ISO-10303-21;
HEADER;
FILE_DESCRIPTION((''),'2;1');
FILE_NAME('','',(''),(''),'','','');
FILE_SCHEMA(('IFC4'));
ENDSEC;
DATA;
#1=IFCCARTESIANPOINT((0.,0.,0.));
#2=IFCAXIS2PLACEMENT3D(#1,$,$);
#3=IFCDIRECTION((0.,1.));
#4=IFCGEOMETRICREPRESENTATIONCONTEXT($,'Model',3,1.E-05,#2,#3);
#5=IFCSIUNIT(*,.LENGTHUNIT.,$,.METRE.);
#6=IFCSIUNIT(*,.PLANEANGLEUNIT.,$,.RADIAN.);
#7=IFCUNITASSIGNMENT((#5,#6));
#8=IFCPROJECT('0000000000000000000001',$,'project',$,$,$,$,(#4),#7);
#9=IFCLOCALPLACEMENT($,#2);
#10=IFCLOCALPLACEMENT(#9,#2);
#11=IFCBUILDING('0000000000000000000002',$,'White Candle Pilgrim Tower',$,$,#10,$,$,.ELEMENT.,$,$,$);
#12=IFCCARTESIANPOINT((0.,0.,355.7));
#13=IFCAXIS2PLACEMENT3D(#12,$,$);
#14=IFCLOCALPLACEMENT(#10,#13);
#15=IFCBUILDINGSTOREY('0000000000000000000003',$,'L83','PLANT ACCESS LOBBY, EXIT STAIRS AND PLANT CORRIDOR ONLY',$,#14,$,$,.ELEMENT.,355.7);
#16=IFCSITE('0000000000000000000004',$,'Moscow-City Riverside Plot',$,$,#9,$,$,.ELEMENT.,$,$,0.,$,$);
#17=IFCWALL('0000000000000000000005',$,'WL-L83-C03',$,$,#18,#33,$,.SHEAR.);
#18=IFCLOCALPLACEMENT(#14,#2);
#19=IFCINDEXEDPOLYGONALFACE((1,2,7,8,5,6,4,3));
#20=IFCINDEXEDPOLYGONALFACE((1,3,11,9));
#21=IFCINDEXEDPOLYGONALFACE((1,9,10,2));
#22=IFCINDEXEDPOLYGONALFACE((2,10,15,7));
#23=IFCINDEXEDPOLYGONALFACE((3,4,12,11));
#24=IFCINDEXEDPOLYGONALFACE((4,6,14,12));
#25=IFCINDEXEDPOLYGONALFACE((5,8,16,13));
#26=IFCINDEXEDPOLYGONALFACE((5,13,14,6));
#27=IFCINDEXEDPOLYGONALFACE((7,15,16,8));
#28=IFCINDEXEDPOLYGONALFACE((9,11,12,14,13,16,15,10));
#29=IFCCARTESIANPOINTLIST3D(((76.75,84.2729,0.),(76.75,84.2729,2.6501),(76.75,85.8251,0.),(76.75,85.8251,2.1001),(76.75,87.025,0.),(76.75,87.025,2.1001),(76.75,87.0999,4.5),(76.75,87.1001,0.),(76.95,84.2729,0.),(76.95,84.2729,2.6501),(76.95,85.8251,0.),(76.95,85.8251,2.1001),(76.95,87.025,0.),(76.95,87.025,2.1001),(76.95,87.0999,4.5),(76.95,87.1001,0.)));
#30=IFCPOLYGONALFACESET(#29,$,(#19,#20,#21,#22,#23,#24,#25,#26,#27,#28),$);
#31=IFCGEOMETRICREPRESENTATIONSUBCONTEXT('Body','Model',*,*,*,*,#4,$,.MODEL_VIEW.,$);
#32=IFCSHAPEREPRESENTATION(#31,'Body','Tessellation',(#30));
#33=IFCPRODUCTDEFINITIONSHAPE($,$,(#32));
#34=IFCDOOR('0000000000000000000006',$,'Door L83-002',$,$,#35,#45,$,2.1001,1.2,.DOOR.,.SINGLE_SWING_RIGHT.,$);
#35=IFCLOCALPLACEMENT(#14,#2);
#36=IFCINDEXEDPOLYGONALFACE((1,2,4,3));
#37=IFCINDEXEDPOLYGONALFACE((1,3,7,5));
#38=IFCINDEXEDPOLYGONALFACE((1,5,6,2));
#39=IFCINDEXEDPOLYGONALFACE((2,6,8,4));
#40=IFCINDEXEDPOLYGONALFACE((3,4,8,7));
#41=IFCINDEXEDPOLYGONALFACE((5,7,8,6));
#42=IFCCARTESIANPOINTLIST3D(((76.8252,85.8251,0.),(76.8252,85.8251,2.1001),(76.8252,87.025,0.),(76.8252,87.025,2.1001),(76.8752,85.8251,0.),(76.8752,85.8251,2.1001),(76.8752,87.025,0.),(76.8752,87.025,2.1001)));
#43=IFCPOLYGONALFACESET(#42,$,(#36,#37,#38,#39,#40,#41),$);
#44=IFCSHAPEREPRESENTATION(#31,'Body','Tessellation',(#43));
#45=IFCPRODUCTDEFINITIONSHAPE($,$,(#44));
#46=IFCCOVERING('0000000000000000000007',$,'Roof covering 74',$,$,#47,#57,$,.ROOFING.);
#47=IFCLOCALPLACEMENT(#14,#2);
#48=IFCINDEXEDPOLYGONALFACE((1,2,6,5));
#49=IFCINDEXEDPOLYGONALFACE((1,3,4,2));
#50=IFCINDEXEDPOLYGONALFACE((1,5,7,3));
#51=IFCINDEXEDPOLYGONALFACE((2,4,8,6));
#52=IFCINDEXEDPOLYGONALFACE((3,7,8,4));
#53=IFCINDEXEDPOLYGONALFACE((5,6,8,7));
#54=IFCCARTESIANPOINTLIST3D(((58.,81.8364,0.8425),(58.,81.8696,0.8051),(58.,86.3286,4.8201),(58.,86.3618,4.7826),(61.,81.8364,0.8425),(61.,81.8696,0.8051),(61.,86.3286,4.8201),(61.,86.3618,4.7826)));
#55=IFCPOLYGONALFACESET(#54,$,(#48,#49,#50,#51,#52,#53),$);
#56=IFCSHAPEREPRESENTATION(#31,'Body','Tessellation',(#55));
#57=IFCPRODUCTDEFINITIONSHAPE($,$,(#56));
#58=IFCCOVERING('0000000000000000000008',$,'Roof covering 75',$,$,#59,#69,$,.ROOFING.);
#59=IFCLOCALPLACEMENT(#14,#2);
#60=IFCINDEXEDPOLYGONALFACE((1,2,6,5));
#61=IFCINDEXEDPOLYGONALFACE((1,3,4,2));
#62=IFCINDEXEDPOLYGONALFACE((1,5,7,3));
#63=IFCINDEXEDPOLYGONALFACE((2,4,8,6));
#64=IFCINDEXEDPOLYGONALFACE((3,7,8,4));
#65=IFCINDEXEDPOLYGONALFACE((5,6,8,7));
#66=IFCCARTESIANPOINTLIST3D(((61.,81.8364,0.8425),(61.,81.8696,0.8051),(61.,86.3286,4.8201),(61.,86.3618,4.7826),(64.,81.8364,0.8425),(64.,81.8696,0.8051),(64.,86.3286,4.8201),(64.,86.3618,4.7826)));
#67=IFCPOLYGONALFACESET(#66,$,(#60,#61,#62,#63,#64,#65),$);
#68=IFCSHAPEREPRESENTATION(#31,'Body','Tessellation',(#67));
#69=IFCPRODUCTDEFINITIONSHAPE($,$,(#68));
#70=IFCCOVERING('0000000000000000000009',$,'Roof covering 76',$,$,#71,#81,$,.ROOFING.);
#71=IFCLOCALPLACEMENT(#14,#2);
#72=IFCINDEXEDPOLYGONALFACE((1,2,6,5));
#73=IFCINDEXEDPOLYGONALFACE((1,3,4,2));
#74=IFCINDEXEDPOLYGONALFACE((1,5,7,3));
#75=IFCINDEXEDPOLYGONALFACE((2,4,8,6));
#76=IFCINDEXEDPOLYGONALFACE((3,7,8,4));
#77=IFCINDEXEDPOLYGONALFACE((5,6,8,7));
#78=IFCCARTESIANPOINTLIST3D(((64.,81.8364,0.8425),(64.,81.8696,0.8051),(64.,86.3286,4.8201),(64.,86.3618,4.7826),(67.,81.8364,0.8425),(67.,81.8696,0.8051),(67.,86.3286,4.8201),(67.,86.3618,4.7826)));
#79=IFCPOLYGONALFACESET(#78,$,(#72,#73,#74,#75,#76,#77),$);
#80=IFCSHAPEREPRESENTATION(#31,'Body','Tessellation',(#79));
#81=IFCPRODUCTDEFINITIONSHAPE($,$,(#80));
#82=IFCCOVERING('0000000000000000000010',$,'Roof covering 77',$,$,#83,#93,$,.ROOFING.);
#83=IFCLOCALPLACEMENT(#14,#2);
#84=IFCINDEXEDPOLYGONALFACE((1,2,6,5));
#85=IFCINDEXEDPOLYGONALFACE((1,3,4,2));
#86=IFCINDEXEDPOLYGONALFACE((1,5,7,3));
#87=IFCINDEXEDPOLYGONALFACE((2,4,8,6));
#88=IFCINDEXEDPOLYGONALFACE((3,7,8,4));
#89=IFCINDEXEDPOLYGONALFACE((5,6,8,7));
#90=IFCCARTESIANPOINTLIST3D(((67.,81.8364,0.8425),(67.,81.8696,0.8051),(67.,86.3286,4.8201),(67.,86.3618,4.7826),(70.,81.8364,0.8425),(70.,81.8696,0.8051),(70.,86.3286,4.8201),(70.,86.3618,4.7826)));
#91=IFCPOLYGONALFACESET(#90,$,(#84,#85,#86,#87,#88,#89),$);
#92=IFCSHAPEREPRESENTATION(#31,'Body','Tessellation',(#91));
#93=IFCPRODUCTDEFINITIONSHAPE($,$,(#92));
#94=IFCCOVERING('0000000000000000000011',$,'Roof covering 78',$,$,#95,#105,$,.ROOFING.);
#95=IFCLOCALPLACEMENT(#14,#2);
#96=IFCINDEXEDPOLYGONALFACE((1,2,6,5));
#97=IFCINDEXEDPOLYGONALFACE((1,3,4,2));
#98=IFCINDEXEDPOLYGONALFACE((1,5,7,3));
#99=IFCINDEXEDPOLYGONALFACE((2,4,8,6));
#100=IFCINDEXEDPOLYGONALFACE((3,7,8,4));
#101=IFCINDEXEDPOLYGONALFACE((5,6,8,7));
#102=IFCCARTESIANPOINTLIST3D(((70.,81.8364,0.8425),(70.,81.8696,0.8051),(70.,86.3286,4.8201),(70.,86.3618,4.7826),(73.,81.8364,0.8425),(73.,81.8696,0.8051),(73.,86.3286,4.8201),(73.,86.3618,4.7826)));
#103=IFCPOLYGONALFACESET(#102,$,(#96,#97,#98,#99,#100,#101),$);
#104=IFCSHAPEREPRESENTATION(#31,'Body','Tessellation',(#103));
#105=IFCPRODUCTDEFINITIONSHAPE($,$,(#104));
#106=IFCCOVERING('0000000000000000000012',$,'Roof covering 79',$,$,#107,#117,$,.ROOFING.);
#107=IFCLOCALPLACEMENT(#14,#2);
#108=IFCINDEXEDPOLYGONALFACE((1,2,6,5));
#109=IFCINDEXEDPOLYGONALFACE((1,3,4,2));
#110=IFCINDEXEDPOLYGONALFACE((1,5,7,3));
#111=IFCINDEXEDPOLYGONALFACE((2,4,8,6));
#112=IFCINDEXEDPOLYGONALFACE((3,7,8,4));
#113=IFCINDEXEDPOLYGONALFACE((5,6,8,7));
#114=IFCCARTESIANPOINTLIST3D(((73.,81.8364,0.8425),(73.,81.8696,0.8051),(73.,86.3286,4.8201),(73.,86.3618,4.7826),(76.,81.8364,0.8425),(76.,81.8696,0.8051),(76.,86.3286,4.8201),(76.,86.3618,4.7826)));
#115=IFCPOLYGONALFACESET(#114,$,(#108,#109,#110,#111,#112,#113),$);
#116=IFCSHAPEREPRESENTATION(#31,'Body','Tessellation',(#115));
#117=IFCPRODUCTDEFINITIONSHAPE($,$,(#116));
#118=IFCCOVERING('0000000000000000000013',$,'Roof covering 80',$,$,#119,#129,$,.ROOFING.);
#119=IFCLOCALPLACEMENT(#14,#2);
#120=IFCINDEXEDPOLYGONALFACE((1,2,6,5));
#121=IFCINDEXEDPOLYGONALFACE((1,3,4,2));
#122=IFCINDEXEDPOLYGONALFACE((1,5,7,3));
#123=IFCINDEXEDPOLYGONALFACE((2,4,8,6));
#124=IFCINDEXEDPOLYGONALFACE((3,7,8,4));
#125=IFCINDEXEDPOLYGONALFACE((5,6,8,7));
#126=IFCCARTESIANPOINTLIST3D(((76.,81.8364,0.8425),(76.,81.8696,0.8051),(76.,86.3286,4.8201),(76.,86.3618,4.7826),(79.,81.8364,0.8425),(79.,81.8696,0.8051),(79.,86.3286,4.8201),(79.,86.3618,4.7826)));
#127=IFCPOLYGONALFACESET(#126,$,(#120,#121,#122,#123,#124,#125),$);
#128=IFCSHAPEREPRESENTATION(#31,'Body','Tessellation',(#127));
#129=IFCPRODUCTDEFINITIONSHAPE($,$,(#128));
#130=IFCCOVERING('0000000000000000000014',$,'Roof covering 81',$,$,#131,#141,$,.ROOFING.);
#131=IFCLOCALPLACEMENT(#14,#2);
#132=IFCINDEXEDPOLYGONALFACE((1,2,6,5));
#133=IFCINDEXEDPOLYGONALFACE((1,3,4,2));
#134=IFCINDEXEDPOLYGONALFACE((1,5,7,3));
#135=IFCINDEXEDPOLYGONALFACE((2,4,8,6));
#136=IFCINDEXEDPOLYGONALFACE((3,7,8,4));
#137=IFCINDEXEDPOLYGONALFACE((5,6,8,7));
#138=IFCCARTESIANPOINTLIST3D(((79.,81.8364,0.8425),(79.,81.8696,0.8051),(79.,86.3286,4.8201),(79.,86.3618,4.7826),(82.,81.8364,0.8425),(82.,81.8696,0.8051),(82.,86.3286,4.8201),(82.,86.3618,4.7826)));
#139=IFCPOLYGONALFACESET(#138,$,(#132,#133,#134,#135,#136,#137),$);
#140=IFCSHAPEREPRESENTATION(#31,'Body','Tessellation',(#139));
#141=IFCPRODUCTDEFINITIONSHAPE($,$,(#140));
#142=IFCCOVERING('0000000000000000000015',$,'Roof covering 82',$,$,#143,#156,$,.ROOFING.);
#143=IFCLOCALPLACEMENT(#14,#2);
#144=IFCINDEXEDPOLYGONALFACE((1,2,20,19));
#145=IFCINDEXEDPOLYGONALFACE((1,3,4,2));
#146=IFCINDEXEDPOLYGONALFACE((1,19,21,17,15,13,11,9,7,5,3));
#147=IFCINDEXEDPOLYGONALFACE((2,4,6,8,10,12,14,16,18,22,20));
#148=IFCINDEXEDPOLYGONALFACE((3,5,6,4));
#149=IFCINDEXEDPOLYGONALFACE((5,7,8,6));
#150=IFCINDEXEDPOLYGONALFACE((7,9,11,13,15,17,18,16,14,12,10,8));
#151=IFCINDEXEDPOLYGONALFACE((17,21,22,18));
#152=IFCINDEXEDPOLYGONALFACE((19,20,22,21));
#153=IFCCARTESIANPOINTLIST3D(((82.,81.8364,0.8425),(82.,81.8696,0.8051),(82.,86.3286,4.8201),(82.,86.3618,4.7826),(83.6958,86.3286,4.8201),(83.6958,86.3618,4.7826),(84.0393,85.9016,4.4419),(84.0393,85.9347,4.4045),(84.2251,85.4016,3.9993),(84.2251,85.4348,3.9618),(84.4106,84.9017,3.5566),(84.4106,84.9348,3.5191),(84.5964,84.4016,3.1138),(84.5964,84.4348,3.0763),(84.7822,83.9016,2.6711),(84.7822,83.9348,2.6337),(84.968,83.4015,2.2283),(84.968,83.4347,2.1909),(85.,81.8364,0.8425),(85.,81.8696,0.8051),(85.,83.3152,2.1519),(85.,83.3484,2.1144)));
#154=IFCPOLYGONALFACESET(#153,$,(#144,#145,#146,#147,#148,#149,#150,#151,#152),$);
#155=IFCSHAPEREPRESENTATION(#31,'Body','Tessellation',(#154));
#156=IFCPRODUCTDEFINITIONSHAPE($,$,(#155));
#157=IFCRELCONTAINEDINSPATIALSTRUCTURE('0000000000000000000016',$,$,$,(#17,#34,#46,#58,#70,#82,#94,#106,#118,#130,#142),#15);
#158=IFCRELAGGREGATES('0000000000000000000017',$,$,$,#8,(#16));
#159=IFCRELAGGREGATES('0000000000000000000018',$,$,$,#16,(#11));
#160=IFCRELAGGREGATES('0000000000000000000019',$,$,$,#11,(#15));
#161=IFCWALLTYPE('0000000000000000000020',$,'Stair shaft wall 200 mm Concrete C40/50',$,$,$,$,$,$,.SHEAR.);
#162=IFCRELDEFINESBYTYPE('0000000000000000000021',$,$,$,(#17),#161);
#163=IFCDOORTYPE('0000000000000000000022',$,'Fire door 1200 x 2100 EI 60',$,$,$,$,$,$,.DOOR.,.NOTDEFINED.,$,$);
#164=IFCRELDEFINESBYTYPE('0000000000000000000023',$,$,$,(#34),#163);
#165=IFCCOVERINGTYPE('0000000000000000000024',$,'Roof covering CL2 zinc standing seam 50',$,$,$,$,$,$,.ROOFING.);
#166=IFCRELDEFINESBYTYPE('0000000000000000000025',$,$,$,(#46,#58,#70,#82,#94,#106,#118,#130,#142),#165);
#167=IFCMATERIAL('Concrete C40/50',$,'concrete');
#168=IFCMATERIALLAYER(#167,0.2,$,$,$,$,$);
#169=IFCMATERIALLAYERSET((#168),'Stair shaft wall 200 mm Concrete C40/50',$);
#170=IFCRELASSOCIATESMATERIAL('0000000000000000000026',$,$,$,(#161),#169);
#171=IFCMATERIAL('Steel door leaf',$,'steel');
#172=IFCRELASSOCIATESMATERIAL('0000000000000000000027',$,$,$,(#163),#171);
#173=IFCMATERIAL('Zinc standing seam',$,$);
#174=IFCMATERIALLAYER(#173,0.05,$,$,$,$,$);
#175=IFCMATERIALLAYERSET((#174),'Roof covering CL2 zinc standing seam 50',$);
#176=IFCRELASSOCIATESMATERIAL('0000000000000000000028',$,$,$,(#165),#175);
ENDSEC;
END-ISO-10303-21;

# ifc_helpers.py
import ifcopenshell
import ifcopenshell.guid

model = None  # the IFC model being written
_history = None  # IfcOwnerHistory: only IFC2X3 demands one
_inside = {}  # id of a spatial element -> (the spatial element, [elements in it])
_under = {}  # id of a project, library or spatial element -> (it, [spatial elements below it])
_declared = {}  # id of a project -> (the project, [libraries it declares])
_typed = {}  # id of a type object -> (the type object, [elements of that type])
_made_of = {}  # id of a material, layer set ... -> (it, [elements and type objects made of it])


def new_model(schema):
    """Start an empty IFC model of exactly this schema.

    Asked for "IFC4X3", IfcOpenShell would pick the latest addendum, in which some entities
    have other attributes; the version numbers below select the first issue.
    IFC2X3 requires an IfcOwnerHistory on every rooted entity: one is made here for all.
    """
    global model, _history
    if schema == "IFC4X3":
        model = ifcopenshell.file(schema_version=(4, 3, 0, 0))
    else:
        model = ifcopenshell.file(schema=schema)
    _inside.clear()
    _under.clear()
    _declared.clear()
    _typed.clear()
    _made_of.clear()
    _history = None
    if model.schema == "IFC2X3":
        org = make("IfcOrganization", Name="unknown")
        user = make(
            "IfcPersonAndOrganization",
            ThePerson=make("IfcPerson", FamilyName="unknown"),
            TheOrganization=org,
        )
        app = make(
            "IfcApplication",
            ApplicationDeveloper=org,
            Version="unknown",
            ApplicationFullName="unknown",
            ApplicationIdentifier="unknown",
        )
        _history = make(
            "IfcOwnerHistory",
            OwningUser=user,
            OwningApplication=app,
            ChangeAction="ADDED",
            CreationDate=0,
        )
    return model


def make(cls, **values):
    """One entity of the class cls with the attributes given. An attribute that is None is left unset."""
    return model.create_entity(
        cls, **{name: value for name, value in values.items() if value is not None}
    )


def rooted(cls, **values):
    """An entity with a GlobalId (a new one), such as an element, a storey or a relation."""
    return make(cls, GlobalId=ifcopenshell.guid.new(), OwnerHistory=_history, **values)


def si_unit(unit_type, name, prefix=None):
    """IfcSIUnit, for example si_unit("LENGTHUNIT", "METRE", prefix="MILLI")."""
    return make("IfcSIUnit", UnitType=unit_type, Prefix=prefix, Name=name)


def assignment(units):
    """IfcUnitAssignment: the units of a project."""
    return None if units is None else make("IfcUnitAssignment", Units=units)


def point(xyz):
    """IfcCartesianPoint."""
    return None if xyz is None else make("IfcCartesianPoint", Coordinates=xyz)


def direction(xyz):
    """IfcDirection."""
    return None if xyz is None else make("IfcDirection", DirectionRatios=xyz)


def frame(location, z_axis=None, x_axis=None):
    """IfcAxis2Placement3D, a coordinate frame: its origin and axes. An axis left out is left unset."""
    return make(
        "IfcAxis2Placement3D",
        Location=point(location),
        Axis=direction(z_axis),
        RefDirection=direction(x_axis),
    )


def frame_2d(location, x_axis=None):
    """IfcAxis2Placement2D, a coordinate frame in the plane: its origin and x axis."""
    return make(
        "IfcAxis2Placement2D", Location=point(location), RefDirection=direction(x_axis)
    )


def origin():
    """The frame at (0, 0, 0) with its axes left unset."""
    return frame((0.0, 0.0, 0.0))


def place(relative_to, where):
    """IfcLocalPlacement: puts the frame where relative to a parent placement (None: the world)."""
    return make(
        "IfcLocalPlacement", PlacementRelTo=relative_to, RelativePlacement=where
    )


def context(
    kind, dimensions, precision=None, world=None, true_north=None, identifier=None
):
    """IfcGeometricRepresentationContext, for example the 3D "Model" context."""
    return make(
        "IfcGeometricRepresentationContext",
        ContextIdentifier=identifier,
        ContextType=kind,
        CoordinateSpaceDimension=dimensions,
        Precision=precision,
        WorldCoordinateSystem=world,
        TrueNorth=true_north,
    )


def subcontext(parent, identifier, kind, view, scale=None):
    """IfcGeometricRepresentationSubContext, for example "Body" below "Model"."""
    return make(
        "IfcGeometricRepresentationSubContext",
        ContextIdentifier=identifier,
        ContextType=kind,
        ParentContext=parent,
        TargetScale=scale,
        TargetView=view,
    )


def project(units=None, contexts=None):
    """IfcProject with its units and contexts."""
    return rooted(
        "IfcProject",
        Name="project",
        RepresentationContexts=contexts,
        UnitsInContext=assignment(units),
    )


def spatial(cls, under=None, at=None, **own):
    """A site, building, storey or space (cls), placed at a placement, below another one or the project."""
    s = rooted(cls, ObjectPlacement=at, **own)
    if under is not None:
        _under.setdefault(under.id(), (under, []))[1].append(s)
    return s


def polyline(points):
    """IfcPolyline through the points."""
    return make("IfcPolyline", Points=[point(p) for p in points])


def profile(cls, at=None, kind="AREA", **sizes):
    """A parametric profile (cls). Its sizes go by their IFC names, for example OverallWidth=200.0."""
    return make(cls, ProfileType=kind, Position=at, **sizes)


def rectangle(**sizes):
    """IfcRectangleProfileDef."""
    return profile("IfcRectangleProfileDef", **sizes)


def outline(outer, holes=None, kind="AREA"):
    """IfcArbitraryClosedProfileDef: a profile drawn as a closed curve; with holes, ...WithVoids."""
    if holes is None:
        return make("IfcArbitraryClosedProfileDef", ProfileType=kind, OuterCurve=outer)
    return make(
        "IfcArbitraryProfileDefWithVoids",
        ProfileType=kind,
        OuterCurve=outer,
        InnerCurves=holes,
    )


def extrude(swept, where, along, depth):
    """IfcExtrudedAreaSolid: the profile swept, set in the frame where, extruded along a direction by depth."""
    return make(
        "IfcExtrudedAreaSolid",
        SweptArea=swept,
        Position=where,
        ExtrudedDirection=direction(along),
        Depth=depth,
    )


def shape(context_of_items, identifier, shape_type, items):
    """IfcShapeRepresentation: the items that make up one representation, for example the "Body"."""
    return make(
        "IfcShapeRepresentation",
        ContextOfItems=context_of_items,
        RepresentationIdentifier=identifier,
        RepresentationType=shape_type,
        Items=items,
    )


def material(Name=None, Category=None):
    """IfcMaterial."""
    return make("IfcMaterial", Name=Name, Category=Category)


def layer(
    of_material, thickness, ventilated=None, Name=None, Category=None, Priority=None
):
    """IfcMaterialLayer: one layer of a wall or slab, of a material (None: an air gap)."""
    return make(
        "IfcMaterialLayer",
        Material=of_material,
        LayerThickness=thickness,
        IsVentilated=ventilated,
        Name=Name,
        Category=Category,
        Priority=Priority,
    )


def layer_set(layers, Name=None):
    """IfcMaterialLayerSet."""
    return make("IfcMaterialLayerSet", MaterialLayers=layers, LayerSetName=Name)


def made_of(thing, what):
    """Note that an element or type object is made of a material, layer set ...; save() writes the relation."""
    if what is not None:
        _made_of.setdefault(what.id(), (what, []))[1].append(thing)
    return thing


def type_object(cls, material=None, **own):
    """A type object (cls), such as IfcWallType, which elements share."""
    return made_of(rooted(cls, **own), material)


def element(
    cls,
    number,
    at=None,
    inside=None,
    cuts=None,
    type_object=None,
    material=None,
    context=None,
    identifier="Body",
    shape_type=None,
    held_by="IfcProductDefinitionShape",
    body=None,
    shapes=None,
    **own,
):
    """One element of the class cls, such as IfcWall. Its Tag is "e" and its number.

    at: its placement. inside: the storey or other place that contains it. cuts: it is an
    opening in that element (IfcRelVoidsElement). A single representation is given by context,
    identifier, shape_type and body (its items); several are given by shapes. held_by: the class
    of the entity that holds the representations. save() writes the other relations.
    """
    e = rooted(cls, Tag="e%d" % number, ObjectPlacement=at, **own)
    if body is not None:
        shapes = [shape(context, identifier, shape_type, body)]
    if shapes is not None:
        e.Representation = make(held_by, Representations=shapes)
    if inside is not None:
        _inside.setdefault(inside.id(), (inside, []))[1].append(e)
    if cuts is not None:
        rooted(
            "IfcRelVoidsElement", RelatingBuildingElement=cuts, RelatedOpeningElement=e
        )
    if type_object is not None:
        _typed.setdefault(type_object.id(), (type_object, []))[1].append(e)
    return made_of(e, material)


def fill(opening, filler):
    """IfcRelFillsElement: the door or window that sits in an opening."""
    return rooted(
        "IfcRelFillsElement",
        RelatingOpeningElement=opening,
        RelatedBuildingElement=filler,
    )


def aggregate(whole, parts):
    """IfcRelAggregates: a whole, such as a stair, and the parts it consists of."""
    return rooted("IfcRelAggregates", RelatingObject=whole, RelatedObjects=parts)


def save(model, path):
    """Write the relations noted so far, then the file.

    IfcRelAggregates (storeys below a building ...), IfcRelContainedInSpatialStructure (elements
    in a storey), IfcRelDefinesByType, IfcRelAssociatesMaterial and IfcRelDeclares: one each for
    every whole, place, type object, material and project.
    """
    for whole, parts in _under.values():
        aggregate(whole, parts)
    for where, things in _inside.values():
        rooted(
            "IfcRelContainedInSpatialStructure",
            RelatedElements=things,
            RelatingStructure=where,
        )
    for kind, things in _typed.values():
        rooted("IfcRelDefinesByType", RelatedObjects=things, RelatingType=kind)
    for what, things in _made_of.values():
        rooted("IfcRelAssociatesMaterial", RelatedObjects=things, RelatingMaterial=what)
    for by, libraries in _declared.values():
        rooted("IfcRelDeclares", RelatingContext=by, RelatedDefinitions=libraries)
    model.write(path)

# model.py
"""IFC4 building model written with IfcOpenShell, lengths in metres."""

from ifc_helpers import new_model, si_unit, direction, frame, frame_2d, origin, place, context, subcontext, project, spatial, polyline, rectangle, outline, extrude, material, layer, layer_set, type_object, element, fill, save


model = new_model("IFC4")

# Units and contexts
model_context = context("Model", 3, precision=1e-05, world=origin(), true_north=direction((0.0, 1.0)))
body_context = subcontext(model_context, "Body", "Model", "MODEL_VIEW")
ifc_project = project(units=[si_unit("LENGTHUNIT", "METRE"), si_unit("PLANEANGLEUNIT", "RADIAN")], contexts=[model_context])

# Site, building, storey
site_placement = place(None, origin())
site = spatial("IfcSite", under=ifc_project, at=site_placement, Name="Moscow-City Riverside Plot", CompositionType="ELEMENT", RefElevation=0.0)
building_placement = place(site_placement, origin())
building = spatial("IfcBuilding", under=site, at=building_placement, Name="White Candle Pilgrim Tower", CompositionType="ELEMENT")
storey_placement = place(building_placement, frame((0.0, 0.0, 355.7)))
storey = spatial("IfcBuildingStorey", under=building, at=storey_placement, Name="L83", Description="PLANT ACCESS LOBBY, EXIT STAIRS AND PLANT CORRIDOR ONLY", CompositionType="ELEMENT", Elevation=355.7)

# Shared definitions
ifc_material_1 = material(Name="Concrete C40/50", Category="concrete")

# Shared definitions
ifc_material_2 = material(Name="Steel door leaf", Category="steel")

# Wall, opening, door
ifc_layer_1 = layer(ifc_material_1, 0.2)
ifc_layer_set_1 = layer_set([ifc_layer_1], Name="Stair shaft wall 200 mm Concrete C40/50")
wall_type_1 = type_object("IfcWallType", Name="Stair shaft wall 200 mm Concrete C40/50", PredefinedType="SHEAR", material=ifc_layer_set_1)
door_type_1 = type_object("IfcDoorType", Name="Fire door 1200 x 2100 EI 60", OperationType="NOTDEFINED", PredefinedType="DOOR", material=ifc_material_2)
wall_1_placement = place(storey_placement, frame((76.8501, 84.2729, 0.0), z_axis=(0.0, 0.0, 1.0), x_axis=(0.0, 1.0, 0.0)))
wall_1 = element("IfcWall", 1, at=wall_1_placement, inside=storey, type_object=wall_type_1, Name="WL-L83-C03", PredefinedType="SHEAR", context=body_context, shape_type="SweptSolid", body=[
    extrude(outline(polyline([(0.0, 0.0), (2.8271, 0.0), (2.8269, 4.5), (0.0, 2.6501), (0.0, 0.0)])), frame((0.0, 0.1001, 0.0), z_axis=(0.0, -1.0, 0.0), x_axis=(1.0, 0.0, 0.0)), (0.0, 0.0, 1.0), 0.2),
])
opening_1_placement = place(wall_1_placement, frame((1.552, 0.0, 0.0)))
opening_1 = element("IfcOpeningElement", 2, at=opening_1_placement, cuts=wall_1, PredefinedType="OPENING", context=body_context, shape_type="SweptSolid", body=[
    extrude(rectangle(XDim=1.2, YDim=2.1001, at=frame_2d((0.6001, 1.05))), frame((0.0, 0.1099, 0.0), z_axis=(0.0, -1.0, 0.0), x_axis=(1.0, 0.0, 0.0)), (0.0, 0.0, 1.0), 0.22),
])
door_1_placement = place(opening_1_placement, origin())
door_1 = element("IfcDoor", 3, at=door_1_placement, inside=storey, type_object=door_type_1, Name="Door L83-002", OperationType="SINGLE_SWING_RIGHT", OverallHeight=2.1001, OverallWidth=1.2, PredefinedType="DOOR", context=body_context, shape_type="SweptSolid", body=[
    extrude(rectangle(XDim=1.2, YDim=2.1001, at=frame_2d((0.6001, 1.05))), frame((0.0, 0.0249, 0.0), z_axis=(0.0, -1.0, 0.0), x_axis=(1.0, 0.0, 0.0)), (0.0, 0.0, 1.0), 0.05),
])
fill(opening_1, door_1)

# Coverings
ifc_material_3 = material(Name="Zinc standing seam")
ifc_layer_2 = layer(ifc_material_3, 0.05)
ifc_layer_set_2 = layer_set([ifc_layer_2], Name="Roof covering CL2 zinc standing seam 50")
covering_type_1 = type_object("IfcCoveringType", Name="Roof covering CL2 zinc standing seam 50", PredefinedType="ROOFING", material=ifc_layer_set_2)
for number, where, z_axis, x_axis, name in (
    (4, (58.0, 81.8364, 0.8425), (0.0, -0.662918, 0.748692), (0.0, 0.748692, 0.662918), "Roof covering 74"),
    (5, (61.0, 81.8364, 0.8425), (0.0, -0.662918, 0.748692), (0.0, 0.748692, 0.662918), "Roof covering 75"),
    (6, (64.0, 81.8364, 0.8425), (0.0, -0.662918, 0.748692), (0.0, 0.748692, 0.662918), "Roof covering 76"),
    (7, (67.0, 81.8364, 0.8425), (0.0, -0.662918, 0.748692), (0.0, 0.748692, 0.662918), "Roof covering 77"),
    (8, (70.0, 81.8364, 0.8425), (0.0, -0.662918, 0.748692), (0.0, 0.748692, 0.662918), "Roof covering 78"),
    (9, (73.0, 81.8364, 0.8425), (0.0, -0.662918, 0.748692), (0.0, 0.748692, 0.662918), "Roof covering 79"),
    (10, (76.0, 81.8364, 0.8425), (0.0, -0.662918, 0.748692), (0.0, 0.748692, 0.662918), "Roof covering 80"),
    (11, (79.0, 81.8364, 0.8425), (0.0, -0.662918, 0.748692), (0.0, 0.748692, 0.662918), "Roof covering 81"),
):
    element("IfcCovering", number, at=place(storey_placement, frame(where, z_axis=z_axis, x_axis=x_axis)), inside=storey, type_object=covering_type_1, Name=name, PredefinedType="ROOFING", context=body_context, shape_type="SweptSolid", body=[
        extrude(outline(polyline([(0.0, 0.0), (6.0, 0.0), (6.0, -3.0), (0.0, -3.0), (0.0, 0.0)])), origin(), (0.0, 0.0, -1.0), 0.05),
    ])
covering_1_placement = place(storey_placement, frame((85.0, 81.8364, 0.8425), z_axis=(0.000004, -0.662917, 0.748693), x_axis=(-1.0, -0.000003, 0.000003)))
element("IfcCovering", 12, at=covering_1_placement, inside=storey, type_object=covering_type_1, Name="Roof covering 82", PredefinedType="ROOFING", context=body_context, shape_type="SweptSolid", body=[
    extrude(outline(polyline([(0.0, 0.0), (3.0, 0.0), (3.0, -6.0), (1.3042, -6.0), (0.9607, -5.4297), (0.7749, -4.7619), (0.5894, -4.0941), (0.4036, -3.4262), (0.2178, -2.7584), (0.032, -2.0905), (0.0, -1.9751), (0.0, 0.0)])), origin(), (0.0, 0.0, -1.0), 0.05),
])

save(model, "model.ifc")
